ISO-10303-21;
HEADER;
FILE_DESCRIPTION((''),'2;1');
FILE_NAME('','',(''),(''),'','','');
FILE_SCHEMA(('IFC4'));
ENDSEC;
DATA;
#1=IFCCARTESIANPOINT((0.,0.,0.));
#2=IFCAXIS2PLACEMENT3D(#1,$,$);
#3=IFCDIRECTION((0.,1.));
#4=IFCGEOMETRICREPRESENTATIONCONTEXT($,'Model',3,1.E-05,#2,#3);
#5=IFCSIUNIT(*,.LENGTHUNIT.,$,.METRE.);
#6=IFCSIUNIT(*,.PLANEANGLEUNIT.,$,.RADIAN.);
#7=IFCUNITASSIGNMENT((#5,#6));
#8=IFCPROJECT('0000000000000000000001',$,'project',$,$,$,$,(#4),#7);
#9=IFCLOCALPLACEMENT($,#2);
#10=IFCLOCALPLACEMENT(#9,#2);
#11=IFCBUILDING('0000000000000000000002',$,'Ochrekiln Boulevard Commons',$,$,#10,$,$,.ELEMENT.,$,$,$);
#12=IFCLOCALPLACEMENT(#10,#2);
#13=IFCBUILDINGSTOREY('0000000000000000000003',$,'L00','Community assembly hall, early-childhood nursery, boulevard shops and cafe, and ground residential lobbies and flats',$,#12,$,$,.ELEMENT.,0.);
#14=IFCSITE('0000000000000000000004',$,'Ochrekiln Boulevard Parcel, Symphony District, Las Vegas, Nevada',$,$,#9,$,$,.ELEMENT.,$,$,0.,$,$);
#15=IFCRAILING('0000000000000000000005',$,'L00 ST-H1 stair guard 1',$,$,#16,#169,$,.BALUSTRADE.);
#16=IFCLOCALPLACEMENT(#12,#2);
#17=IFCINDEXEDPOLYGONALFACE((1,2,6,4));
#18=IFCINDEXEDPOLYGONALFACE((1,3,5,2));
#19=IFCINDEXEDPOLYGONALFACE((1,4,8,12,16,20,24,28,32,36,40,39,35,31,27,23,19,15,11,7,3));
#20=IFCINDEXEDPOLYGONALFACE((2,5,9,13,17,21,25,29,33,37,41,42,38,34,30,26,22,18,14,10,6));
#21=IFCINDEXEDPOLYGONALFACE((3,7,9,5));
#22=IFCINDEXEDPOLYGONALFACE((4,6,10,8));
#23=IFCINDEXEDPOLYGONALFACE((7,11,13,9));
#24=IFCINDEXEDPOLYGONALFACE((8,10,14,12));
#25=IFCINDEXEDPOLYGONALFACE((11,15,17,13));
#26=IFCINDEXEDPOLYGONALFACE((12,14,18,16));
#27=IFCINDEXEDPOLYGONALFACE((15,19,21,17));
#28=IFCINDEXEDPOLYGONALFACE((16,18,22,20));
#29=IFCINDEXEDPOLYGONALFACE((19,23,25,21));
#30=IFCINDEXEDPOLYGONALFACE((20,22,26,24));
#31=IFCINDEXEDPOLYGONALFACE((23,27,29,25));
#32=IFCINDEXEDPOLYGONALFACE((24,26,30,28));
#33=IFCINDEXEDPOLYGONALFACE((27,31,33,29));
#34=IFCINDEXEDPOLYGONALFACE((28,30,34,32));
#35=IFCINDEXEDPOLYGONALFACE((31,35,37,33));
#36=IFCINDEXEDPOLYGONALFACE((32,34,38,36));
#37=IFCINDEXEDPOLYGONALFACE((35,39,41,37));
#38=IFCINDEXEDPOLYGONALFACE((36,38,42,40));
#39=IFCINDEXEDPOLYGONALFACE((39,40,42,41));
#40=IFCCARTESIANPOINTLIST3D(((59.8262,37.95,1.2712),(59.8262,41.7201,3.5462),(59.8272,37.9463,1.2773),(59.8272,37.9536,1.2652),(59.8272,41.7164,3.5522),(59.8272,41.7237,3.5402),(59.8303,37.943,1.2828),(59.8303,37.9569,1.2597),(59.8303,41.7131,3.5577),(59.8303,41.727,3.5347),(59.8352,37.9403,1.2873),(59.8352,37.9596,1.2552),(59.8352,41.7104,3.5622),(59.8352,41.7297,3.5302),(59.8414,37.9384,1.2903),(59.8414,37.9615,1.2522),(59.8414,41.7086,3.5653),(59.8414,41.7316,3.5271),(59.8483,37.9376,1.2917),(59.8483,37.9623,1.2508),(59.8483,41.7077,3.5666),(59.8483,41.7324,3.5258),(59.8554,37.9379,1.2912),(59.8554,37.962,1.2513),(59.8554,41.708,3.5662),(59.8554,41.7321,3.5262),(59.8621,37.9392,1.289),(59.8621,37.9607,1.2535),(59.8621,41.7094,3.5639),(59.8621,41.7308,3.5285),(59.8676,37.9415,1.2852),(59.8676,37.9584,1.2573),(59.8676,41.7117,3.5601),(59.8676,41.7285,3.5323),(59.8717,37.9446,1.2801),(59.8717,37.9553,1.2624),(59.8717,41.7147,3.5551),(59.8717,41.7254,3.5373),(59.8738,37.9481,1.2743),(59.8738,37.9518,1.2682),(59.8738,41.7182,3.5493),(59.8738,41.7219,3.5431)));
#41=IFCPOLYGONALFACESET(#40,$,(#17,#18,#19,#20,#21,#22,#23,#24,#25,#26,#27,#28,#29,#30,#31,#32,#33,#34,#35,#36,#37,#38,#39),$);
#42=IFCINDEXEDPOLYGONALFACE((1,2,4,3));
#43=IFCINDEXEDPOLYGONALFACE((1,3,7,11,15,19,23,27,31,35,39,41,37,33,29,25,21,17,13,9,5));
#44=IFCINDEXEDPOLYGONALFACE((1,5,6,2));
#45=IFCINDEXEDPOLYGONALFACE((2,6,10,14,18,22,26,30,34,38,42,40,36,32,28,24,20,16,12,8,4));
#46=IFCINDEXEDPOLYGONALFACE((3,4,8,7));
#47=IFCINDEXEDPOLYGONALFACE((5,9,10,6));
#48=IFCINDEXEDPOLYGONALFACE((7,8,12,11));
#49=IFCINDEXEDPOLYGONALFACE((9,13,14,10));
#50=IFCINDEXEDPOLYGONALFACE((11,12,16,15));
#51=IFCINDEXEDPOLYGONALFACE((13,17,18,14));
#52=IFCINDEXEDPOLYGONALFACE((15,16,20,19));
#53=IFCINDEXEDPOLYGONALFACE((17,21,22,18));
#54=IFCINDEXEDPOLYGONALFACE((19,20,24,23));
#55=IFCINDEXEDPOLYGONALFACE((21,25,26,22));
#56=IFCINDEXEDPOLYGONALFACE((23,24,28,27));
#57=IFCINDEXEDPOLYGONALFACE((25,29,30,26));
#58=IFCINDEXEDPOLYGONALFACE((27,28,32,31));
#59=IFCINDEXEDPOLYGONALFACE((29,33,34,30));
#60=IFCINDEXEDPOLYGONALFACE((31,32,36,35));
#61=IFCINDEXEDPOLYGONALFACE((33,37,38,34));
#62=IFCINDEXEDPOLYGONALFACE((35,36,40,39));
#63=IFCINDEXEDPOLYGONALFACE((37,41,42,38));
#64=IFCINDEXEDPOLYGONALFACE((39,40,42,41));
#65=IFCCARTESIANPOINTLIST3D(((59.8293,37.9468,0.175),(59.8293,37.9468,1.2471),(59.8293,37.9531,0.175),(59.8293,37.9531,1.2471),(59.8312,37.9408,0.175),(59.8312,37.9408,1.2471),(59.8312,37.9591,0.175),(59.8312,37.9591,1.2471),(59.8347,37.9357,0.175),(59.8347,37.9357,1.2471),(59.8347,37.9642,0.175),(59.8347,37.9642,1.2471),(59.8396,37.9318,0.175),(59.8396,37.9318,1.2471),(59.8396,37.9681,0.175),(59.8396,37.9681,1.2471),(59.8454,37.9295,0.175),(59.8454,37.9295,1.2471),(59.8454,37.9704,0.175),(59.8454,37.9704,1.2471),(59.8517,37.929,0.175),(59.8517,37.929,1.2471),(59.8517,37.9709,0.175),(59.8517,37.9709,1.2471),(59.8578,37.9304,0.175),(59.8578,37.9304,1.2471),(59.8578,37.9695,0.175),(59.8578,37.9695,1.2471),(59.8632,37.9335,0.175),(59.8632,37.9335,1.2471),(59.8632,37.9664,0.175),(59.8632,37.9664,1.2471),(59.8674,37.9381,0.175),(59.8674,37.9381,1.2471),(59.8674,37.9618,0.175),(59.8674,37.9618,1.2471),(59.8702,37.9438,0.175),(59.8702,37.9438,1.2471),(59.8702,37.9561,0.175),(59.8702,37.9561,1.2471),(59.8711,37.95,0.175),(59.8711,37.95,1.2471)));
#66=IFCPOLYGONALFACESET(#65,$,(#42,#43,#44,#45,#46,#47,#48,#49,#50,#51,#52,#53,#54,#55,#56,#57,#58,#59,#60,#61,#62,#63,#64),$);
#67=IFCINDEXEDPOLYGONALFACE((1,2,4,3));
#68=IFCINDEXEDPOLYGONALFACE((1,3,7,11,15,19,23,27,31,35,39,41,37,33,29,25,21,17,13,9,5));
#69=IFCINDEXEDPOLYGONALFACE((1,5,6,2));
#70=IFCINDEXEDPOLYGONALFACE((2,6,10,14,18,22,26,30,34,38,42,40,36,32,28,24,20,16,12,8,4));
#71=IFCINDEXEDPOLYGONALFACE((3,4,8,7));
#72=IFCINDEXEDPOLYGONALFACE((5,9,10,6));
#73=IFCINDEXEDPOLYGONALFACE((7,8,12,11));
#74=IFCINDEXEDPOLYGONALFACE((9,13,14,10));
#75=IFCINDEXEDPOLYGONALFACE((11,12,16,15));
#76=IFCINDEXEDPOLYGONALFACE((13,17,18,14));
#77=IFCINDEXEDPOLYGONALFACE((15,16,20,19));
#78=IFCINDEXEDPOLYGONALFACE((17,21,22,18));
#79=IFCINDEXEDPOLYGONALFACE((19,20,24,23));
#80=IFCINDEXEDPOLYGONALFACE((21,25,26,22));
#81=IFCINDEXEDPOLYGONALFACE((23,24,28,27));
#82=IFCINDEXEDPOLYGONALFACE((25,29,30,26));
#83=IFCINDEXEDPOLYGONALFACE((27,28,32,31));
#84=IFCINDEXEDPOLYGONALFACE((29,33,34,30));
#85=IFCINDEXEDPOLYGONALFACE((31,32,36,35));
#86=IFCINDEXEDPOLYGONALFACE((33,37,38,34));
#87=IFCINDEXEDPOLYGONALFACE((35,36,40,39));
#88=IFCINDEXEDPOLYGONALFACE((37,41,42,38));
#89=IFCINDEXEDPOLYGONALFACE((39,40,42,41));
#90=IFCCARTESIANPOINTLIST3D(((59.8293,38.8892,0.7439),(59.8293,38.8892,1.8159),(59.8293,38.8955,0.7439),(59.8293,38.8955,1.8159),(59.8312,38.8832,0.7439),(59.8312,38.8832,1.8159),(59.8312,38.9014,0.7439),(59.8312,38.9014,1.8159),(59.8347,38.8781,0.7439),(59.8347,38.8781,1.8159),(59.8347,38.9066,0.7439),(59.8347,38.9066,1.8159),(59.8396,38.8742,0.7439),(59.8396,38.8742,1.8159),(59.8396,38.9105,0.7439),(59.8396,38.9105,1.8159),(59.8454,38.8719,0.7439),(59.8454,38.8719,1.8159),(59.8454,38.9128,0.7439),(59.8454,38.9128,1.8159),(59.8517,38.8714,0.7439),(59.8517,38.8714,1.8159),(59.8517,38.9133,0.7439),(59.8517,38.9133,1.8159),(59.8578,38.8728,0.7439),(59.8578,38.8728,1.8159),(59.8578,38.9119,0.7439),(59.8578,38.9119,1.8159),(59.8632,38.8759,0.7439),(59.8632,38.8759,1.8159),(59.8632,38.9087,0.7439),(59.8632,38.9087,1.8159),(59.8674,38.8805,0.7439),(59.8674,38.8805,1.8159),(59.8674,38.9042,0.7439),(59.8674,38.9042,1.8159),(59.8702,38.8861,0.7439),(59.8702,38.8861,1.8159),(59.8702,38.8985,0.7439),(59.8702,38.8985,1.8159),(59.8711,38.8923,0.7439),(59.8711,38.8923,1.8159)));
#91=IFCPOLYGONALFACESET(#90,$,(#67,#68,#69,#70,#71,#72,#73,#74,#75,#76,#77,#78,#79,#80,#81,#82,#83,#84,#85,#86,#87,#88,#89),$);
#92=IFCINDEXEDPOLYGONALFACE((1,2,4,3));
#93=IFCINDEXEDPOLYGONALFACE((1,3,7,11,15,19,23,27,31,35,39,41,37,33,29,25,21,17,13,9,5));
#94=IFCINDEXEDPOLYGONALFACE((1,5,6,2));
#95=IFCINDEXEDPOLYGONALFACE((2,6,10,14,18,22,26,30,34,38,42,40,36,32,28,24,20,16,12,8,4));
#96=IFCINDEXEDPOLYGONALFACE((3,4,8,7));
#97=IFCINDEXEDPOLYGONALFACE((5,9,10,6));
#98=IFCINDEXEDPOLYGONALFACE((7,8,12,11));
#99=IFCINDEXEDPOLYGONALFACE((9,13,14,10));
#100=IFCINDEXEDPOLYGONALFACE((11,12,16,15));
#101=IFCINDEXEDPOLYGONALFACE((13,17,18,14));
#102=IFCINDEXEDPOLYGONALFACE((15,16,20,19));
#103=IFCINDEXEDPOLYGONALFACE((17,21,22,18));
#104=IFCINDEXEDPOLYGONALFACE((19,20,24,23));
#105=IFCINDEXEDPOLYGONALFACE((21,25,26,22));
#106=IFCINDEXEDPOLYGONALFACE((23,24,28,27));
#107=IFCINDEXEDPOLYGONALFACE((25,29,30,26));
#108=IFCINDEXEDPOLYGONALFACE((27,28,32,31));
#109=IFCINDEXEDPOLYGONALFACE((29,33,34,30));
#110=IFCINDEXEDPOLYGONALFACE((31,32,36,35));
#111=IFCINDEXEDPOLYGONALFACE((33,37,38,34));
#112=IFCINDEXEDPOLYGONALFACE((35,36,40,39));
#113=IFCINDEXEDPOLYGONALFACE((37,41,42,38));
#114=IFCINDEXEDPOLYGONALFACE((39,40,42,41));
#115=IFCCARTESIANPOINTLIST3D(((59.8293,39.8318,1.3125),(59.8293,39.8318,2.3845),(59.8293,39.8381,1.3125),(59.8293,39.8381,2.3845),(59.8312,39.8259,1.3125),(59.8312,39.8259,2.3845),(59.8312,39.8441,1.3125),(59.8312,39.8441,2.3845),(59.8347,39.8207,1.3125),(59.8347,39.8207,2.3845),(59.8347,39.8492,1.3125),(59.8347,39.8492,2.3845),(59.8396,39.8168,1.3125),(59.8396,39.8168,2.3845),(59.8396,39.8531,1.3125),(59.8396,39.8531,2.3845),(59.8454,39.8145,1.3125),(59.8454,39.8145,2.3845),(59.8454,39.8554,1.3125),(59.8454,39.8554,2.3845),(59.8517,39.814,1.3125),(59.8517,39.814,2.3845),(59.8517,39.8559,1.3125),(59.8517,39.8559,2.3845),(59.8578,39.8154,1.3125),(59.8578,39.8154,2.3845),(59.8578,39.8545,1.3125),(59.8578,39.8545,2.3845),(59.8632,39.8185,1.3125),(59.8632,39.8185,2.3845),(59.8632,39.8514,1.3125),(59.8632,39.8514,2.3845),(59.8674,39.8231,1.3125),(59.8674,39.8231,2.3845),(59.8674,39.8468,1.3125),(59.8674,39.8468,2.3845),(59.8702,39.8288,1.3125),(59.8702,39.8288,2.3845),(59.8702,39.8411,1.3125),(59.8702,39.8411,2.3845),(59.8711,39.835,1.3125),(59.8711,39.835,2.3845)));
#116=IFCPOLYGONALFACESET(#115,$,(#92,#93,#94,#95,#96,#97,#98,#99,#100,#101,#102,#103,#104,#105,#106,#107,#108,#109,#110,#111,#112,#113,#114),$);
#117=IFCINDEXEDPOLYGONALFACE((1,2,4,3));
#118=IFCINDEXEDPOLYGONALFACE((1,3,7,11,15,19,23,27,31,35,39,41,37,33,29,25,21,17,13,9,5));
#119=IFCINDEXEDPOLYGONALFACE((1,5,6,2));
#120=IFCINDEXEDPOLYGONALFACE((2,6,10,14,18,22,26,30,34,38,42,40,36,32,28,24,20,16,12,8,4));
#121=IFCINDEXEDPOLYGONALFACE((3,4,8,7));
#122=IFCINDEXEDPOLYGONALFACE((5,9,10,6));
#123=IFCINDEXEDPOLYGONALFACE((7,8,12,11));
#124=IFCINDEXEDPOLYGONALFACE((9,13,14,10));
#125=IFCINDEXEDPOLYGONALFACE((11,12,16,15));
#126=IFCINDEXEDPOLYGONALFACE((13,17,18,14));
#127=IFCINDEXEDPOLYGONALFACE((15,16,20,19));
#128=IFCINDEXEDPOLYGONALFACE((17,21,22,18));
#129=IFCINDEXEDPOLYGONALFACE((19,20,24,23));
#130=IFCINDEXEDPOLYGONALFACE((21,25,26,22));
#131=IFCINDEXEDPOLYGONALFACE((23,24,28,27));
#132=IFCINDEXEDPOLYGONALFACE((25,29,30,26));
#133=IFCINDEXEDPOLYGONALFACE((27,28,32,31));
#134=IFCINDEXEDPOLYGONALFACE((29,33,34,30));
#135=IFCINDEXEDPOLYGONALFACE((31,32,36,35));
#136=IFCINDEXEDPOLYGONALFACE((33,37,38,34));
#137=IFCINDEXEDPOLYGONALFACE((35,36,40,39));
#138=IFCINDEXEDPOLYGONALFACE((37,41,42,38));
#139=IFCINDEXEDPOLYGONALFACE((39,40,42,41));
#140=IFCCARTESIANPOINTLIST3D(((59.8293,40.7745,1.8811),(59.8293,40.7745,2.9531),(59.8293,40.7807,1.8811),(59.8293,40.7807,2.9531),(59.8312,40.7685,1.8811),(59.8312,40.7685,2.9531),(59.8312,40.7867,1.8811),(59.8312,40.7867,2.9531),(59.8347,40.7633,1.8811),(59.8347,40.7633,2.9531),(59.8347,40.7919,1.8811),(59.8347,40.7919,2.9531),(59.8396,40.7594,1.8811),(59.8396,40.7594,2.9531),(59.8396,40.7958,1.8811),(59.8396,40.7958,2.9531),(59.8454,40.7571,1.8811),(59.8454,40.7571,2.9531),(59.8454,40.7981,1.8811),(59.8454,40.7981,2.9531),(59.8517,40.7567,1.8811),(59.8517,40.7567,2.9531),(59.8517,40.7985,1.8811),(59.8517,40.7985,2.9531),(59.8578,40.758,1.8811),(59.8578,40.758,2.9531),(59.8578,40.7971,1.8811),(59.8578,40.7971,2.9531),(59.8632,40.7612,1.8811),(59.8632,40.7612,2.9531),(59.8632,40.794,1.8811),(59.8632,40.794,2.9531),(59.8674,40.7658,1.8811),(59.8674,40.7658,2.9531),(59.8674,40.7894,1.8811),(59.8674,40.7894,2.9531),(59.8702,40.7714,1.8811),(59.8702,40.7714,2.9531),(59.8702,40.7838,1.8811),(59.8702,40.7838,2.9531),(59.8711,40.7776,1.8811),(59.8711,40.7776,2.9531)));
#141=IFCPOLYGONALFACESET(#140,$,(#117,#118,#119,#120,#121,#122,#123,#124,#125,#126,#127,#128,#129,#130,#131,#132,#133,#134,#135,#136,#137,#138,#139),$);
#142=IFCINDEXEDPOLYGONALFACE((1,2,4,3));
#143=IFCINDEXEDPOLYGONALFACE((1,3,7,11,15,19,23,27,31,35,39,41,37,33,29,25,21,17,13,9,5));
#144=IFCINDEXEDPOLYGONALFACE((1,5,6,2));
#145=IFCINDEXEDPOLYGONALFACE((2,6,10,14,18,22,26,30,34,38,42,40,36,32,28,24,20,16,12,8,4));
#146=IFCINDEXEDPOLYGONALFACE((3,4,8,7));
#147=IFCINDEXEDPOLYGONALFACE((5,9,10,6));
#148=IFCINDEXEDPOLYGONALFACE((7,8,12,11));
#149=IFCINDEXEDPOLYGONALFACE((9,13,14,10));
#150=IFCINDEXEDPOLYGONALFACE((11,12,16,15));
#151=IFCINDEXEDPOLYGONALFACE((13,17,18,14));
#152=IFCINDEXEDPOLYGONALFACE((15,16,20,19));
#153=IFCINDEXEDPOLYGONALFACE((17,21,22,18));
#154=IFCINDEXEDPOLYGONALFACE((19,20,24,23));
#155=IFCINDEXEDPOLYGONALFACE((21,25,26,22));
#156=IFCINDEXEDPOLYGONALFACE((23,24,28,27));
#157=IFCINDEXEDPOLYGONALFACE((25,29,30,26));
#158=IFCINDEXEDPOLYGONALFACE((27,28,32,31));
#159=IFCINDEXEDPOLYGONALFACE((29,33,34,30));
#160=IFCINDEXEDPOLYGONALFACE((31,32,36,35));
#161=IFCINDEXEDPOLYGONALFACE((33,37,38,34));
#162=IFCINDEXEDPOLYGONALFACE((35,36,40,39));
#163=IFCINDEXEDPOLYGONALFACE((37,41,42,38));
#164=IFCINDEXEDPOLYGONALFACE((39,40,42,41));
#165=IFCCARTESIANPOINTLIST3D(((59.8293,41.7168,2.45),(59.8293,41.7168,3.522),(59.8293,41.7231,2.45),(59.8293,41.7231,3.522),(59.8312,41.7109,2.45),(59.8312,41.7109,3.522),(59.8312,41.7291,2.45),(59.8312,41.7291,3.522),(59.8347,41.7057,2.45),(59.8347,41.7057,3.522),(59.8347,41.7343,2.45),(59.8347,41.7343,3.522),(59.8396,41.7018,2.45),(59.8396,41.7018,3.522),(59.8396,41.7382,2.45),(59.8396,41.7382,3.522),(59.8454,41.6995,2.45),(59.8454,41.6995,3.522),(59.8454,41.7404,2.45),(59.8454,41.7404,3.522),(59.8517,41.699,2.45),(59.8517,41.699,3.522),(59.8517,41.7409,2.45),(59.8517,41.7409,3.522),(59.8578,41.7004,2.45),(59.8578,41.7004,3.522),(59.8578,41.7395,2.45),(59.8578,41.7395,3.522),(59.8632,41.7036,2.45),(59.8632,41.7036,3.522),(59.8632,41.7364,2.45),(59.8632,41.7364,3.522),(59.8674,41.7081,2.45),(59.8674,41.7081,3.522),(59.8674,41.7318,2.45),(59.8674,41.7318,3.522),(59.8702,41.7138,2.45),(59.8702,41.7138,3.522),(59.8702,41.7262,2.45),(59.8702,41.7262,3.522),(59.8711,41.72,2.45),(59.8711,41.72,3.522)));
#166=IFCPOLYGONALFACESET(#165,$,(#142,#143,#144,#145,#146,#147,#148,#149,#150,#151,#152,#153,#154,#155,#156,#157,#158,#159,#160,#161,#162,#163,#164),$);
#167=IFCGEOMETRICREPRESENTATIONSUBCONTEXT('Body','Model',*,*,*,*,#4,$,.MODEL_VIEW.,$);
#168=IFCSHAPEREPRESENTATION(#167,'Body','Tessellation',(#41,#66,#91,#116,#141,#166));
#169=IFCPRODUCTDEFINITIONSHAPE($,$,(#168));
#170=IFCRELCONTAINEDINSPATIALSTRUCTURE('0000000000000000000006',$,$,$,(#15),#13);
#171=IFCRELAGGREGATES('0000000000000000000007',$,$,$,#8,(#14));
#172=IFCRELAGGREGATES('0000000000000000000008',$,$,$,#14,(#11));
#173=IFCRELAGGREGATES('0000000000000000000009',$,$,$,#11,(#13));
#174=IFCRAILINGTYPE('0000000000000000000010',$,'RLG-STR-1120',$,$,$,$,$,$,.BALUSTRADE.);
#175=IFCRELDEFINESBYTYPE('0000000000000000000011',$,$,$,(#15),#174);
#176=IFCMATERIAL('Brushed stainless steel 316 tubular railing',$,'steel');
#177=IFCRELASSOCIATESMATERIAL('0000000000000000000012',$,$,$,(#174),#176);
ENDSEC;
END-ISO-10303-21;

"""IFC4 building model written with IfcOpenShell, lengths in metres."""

from ifc_helpers import new_model, si_unit, direction, frame, origin, origin_2d, place, context, subcontext, project, spatial, circle, extrude, material, type_object, element, save


model = new_model("IFC4")

# Units and contexts
model_context = context("Model", 3, precision=1e-05, world=origin(), true_north=direction((0.0, 1.0)))
body_context = subcontext(model_context, "Body", "Model", "MODEL_VIEW")
ifc_project = project(units=[si_unit("LENGTHUNIT", "METRE"), si_unit("PLANEANGLEUNIT", "RADIAN")], contexts=[model_context])

# Site, building, storey
site_placement = place(None, origin())
site = spatial("IfcSite", under=ifc_project, at=site_placement, Name="Ochrekiln Boulevard Parcel, Symphony District, Las Vegas, Nevada", CompositionType="ELEMENT", RefElevation=0.0)
building_placement = place(site_placement, origin())
building = spatial("IfcBuilding", under=site, at=building_placement, Name="Ochrekiln Boulevard Commons", CompositionType="ELEMENT")
storey_placement = place(building_placement, origin())
storey = spatial("IfcBuildingStorey", under=building, at=storey_placement, Name="L00", Description="Community assembly hall, early-childhood nursery, boulevard shops and cafe, and ground residential lobbies and flats", CompositionType="ELEMENT", Elevation=0.0)

# Railing
ifc_material_1 = material(Name="Brushed stainless steel 316 tubular railing", Category="steel")
railing_type_1 = type_object("IfcRailingType", Name="RLG-STR-1120", PredefinedType="BALUSTRADE", material=ifc_material_1)
railing_1_placement = place(storey_placement, frame((59.8501, 37.95, 0.175)))
element("IfcRailing", 1, at=railing_1_placement, inside=storey, type_object=railing_type_1, Name="L00 ST-H1 stair guard 1", PredefinedType="BALUSTRADE", context=body_context, shape_type="SweptSolid", body=[
    extrude(circle(Radius=0.0239, at=origin_2d()), frame((0.0, 0.0, 1.0962), z_axis=(0.0, 0.856199, 0.516647), x_axis=(-1.0, 0.0, 0.0)), (0.0, 0.0, 1.0), 4.4033),
    extrude(circle(Radius=0.021, at=origin_2d()), origin(), (0.0, 0.0, 1.0), 1.072),
    extrude(circle(Radius=0.021, at=origin_2d()), frame((0.0, 0.9424, 0.5688)), (0.0, 0.0, 1.0), 1.072),
    extrude(circle(Radius=0.021, at=origin_2d()), frame((0.0, 1.885, 1.1375)), (0.0, 0.0, 1.0), 1.072),
    extrude(circle(Radius=0.021, at=origin_2d()), frame((0.0, 2.8276, 1.7061)), (0.0, 0.0, 1.0), 1.072),
    extrude(circle(Radius=0.021, at=origin_2d()), frame((0.0, 3.77, 2.2749)), (0.0, 0.0, 1.0), 1.072),
])

save(model, "model.ifc")
